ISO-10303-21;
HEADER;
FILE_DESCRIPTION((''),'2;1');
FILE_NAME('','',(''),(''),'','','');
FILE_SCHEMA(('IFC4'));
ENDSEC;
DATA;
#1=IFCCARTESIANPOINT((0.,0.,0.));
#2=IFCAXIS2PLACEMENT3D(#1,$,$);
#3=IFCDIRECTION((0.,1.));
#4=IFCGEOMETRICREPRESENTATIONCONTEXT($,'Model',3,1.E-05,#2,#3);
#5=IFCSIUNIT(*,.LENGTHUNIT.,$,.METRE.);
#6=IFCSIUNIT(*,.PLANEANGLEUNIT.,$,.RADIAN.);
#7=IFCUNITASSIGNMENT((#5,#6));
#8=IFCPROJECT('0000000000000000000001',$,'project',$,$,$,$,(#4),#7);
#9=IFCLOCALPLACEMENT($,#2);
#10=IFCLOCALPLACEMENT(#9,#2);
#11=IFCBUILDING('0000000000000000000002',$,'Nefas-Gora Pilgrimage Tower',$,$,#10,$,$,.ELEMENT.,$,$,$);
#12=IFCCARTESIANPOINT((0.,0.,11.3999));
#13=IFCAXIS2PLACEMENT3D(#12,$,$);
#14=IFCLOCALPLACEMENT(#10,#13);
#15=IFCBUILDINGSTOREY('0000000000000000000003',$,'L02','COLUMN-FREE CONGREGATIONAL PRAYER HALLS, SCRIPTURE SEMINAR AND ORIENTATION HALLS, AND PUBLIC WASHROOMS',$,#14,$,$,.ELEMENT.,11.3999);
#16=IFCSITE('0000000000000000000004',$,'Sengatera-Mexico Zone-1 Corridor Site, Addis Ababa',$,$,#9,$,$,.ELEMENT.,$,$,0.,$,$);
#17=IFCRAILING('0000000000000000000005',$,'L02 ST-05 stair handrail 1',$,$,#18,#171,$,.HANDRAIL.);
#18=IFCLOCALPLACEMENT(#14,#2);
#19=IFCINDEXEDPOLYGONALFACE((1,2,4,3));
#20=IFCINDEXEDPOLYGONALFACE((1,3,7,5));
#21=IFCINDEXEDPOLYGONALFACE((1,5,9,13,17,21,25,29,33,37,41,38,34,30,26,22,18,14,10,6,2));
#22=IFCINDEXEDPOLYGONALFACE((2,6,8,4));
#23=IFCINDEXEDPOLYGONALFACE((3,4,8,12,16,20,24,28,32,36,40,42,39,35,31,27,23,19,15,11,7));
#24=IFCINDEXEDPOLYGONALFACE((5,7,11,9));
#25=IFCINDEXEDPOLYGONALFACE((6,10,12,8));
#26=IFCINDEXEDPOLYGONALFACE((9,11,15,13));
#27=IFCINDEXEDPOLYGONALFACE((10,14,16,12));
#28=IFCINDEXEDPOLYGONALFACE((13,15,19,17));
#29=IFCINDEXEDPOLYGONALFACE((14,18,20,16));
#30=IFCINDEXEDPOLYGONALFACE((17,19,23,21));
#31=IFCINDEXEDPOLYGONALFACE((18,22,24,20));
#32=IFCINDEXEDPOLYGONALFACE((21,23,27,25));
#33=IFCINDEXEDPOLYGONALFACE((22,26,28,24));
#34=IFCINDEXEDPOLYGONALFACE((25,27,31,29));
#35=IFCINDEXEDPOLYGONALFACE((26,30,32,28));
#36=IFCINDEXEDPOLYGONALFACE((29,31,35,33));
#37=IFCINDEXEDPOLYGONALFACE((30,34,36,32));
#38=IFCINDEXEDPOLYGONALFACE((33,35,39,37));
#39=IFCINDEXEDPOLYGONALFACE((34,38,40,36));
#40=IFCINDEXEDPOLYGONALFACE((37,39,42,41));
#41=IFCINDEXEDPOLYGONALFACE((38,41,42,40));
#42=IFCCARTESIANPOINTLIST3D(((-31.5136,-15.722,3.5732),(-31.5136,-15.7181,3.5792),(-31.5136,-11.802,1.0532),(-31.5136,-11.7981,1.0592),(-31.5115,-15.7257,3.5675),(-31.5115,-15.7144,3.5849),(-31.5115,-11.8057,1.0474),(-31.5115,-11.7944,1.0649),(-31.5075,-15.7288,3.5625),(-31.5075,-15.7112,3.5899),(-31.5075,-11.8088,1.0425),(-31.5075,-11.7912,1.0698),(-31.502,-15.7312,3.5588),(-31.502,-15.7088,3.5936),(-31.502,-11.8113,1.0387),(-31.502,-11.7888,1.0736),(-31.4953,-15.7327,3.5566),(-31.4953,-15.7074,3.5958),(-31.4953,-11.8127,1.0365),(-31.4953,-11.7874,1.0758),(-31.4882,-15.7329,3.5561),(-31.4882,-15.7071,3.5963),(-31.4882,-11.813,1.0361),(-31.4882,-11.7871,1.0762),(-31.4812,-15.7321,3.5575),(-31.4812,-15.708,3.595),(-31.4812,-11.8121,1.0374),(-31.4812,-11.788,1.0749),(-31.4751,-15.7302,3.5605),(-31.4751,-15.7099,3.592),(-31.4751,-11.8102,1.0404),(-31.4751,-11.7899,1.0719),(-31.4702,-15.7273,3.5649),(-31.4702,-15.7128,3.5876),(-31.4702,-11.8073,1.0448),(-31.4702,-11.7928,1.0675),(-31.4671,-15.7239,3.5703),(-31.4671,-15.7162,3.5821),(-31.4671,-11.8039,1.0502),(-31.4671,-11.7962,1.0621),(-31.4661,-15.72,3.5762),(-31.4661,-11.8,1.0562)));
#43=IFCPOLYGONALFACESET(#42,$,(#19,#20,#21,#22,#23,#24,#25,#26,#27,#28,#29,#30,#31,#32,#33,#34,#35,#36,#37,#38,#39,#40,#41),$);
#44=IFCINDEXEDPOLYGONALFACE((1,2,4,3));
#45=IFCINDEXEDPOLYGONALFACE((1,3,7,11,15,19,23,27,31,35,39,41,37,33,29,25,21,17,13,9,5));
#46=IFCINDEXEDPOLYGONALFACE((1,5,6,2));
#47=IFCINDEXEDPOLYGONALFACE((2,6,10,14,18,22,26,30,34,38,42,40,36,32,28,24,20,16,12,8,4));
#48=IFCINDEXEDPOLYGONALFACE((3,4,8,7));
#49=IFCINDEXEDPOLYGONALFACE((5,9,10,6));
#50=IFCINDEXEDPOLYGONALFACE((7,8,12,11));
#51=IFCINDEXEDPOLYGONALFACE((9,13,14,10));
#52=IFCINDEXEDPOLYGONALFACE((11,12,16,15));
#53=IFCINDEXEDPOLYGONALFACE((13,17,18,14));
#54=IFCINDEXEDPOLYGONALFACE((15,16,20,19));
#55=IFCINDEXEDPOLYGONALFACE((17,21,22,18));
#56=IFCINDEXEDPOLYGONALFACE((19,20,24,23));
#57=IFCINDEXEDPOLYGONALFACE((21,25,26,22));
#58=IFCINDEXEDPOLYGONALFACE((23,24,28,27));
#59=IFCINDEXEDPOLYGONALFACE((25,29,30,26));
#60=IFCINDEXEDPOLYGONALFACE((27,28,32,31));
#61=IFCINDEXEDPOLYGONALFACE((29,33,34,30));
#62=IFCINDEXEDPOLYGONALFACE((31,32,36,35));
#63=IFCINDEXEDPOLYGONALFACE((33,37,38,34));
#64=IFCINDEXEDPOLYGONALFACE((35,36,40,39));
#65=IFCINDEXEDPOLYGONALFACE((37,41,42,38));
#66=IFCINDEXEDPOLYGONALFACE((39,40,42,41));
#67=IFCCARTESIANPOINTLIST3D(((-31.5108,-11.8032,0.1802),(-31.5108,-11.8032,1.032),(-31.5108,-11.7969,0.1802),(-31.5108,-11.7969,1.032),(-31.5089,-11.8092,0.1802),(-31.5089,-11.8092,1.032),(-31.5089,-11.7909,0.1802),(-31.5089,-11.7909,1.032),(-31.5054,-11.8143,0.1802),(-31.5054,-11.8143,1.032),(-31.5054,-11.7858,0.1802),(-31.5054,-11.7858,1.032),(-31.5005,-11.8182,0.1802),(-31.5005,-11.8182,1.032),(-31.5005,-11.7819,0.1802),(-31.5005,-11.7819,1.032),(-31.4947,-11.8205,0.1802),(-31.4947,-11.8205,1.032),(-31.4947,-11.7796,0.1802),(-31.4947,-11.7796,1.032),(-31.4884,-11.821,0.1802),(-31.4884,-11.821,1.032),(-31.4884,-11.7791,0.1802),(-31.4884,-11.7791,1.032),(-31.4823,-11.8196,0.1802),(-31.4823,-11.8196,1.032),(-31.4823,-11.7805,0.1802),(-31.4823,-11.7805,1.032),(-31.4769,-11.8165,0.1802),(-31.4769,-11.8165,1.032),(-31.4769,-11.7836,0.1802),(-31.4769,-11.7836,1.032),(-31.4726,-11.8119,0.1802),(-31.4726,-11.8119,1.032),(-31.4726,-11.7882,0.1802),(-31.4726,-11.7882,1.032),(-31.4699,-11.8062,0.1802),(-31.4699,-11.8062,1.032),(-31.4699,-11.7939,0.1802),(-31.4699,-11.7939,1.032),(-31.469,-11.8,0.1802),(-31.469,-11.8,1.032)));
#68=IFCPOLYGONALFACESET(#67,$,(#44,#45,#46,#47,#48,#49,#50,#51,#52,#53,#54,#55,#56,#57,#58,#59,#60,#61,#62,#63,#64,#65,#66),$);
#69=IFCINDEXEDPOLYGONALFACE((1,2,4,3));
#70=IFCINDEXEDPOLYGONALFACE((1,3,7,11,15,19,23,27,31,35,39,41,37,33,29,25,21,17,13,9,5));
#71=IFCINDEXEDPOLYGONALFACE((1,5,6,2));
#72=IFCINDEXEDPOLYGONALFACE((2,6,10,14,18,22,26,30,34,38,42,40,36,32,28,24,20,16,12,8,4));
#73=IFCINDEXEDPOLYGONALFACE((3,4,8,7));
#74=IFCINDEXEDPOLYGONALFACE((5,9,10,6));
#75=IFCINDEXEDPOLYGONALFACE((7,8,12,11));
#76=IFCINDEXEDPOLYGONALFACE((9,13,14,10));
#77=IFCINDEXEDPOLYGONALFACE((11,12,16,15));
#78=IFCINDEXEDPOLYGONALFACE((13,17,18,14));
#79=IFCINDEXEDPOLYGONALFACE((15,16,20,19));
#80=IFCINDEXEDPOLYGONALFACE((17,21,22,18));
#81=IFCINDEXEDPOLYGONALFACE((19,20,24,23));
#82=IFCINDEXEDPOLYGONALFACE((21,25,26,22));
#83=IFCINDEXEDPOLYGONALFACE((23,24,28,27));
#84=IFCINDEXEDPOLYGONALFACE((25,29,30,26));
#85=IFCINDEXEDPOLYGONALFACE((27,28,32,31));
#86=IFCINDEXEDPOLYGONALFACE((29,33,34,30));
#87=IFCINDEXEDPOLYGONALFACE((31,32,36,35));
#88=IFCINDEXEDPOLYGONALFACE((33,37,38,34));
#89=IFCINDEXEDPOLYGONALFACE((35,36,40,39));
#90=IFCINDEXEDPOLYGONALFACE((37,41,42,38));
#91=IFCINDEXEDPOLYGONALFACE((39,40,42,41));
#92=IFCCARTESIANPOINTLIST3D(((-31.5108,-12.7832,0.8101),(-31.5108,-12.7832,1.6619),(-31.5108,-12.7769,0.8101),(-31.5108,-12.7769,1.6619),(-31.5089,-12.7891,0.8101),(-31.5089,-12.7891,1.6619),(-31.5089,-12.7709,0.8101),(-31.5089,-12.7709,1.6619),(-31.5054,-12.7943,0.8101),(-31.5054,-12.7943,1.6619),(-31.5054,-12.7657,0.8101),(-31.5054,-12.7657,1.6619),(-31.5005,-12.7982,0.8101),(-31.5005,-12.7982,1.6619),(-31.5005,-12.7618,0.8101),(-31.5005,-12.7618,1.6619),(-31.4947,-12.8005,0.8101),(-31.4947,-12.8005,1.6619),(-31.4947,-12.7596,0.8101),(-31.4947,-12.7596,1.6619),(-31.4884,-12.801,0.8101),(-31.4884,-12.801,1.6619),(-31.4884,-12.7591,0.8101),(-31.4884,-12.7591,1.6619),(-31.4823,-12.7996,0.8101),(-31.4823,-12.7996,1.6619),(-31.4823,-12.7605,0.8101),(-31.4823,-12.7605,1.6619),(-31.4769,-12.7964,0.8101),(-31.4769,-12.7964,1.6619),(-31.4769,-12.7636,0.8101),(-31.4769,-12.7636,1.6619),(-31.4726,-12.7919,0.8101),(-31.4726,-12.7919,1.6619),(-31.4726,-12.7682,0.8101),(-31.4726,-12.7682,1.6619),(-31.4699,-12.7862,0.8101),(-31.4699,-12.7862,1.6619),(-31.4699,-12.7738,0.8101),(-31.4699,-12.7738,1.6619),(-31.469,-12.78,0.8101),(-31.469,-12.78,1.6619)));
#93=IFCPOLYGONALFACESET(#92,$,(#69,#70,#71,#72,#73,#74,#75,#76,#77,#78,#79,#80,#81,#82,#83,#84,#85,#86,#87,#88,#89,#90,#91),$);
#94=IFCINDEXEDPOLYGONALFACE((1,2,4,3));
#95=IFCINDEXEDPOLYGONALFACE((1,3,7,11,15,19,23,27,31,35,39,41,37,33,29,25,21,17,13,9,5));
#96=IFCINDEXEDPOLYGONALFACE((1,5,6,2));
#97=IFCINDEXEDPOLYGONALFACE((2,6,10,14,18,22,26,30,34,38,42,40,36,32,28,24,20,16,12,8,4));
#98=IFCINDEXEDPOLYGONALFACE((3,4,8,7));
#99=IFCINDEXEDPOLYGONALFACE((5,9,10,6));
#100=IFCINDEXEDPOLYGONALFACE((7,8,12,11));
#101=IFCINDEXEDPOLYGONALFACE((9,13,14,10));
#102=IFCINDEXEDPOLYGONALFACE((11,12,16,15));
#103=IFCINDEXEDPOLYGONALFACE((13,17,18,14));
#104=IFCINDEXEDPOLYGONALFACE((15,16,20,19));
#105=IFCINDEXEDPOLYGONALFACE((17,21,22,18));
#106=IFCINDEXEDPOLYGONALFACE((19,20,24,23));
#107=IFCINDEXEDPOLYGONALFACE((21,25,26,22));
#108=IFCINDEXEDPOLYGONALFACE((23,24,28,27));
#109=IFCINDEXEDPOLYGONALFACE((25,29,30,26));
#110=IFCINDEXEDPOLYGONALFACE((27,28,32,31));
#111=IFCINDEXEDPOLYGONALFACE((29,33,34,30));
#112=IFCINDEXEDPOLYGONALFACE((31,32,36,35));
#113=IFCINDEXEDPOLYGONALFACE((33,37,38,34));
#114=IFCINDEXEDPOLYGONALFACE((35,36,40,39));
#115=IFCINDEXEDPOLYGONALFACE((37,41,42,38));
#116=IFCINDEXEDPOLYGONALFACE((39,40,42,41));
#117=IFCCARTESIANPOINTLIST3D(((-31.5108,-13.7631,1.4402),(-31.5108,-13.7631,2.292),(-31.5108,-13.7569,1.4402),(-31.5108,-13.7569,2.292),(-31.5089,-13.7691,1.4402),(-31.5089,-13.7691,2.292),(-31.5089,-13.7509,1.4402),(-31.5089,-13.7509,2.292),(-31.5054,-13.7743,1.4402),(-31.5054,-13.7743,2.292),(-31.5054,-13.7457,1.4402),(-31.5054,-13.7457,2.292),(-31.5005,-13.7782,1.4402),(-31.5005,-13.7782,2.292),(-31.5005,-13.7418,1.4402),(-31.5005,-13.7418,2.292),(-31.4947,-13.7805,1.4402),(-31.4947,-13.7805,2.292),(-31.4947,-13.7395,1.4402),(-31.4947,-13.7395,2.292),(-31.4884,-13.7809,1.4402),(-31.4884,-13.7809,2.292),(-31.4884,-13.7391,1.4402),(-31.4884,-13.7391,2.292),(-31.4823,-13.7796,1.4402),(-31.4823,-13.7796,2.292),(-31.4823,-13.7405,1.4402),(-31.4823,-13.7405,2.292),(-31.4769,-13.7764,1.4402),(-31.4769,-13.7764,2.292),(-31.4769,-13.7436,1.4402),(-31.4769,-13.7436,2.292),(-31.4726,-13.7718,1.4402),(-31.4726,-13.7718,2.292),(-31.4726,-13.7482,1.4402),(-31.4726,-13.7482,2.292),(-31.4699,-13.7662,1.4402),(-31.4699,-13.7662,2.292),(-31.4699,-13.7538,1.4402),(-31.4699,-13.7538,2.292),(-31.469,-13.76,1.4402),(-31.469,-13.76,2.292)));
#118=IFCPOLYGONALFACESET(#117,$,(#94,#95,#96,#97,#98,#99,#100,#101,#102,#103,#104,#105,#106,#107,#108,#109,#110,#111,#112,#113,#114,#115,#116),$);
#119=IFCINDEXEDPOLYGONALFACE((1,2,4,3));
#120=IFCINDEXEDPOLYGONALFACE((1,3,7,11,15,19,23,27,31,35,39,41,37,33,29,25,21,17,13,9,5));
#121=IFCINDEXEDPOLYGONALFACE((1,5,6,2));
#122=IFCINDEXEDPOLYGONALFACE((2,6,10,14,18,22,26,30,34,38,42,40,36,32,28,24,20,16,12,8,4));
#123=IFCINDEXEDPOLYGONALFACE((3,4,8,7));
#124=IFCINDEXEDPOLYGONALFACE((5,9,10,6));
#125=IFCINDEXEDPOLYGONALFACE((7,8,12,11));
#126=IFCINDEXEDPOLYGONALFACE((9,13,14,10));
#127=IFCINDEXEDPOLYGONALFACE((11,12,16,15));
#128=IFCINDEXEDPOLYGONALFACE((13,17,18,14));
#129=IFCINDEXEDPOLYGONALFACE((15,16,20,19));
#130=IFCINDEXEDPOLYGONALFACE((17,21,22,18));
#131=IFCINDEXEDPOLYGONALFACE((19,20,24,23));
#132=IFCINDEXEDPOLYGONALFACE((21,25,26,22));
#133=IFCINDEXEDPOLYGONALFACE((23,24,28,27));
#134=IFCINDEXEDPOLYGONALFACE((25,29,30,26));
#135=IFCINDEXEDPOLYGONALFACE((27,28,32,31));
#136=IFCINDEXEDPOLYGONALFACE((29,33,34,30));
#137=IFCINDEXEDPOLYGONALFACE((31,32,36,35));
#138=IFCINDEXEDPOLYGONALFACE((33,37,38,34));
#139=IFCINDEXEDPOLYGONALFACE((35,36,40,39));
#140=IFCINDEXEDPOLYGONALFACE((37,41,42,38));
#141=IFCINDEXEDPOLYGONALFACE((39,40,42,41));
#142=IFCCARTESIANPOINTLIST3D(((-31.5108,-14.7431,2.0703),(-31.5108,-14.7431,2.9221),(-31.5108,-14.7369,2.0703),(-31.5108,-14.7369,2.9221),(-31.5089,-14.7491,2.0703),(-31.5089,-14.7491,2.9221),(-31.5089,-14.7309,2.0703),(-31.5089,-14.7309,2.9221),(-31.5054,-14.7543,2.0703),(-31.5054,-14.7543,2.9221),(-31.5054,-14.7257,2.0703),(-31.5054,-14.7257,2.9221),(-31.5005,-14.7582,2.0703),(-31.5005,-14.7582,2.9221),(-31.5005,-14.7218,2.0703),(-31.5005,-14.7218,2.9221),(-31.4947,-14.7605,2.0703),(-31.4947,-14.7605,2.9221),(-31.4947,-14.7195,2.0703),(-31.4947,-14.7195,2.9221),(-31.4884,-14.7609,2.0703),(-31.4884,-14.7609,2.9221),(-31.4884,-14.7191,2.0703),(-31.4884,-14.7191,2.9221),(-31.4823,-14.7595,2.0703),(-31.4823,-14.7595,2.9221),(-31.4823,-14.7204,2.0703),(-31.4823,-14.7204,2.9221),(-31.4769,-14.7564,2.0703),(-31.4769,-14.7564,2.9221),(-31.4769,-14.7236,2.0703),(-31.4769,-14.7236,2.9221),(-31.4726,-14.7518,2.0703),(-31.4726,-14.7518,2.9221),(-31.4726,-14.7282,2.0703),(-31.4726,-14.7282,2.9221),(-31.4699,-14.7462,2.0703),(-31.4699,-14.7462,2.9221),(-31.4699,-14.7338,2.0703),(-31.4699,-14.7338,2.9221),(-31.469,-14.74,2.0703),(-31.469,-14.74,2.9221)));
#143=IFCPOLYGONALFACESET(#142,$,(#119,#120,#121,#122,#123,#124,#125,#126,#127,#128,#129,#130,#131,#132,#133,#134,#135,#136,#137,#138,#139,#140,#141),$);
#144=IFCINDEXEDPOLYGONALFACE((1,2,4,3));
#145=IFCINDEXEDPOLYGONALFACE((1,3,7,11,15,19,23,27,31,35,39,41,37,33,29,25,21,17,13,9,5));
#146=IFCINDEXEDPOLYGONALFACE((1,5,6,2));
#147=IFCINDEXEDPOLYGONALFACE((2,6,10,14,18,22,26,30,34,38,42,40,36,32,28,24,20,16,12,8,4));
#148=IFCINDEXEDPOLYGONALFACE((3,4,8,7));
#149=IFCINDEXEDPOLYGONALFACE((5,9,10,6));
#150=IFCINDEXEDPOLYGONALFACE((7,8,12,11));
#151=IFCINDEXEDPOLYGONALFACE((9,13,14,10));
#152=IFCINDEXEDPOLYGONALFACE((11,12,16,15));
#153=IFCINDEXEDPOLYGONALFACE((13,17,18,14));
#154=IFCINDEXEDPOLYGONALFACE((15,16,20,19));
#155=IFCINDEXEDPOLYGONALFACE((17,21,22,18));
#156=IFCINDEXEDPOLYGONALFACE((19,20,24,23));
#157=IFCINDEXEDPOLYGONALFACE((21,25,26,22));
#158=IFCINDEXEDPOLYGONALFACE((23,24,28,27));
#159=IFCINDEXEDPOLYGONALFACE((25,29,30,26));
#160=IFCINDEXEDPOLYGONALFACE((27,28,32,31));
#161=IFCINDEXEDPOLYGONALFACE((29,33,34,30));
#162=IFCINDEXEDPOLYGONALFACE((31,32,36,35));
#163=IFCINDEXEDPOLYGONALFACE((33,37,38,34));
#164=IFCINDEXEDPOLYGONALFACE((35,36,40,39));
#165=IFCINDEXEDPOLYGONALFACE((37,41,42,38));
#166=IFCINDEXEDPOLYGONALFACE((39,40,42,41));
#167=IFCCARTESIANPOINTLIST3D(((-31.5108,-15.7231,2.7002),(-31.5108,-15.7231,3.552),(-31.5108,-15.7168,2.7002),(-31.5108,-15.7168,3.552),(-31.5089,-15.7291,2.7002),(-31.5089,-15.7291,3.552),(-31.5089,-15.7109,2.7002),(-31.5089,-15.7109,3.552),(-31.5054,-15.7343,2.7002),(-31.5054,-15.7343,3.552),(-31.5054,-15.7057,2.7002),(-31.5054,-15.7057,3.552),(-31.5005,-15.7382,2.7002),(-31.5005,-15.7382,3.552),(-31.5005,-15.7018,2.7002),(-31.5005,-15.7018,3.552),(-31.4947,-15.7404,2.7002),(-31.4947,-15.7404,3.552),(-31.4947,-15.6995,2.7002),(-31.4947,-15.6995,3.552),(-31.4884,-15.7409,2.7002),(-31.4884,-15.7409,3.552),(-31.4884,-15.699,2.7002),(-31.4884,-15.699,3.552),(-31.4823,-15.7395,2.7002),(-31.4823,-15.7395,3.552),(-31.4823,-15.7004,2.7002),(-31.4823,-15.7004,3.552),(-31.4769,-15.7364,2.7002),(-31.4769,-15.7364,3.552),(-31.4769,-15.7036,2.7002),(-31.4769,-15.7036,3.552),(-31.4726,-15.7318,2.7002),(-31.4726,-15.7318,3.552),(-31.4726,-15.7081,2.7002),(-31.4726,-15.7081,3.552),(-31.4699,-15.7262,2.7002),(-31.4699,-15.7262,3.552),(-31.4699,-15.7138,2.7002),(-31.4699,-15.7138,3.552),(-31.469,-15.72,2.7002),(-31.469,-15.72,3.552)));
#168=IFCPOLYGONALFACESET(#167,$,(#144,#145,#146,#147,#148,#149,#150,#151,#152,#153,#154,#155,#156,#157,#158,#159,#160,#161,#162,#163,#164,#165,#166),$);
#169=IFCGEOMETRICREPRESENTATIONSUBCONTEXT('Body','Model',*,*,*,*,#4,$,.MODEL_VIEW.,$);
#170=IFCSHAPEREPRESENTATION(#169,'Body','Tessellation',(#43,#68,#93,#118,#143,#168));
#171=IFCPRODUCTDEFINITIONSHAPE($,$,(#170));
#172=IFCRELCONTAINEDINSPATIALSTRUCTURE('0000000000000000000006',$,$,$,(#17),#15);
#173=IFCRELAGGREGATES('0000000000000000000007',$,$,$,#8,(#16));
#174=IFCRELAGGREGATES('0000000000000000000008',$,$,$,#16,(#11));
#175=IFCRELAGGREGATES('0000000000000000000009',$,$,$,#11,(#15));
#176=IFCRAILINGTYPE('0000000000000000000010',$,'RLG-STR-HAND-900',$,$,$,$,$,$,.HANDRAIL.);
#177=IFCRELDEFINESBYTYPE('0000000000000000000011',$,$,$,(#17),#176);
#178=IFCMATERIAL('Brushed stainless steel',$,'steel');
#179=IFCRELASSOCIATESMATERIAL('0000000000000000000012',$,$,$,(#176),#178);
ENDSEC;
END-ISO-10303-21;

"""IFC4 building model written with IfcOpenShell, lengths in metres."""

from ifc_helpers import new_model, si_unit, direction, frame, origin, origin_2d, place, context, subcontext, project, spatial, circle, extrude, material, type_object, element, save


model = new_model("IFC4")

# Units and contexts
model_context = context("Model", 3, precision=1e-05, world=origin(), true_north=direction((0.0, 1.0)))
body_context = subcontext(model_context, "Body", "Model", "MODEL_VIEW")
ifc_project = project(units=[si_unit("LENGTHUNIT", "METRE"), si_unit("PLANEANGLEUNIT", "RADIAN")], contexts=[model_context])

# Site, building, storey
site_placement = place(None, origin())
site = spatial("IfcSite", under=ifc_project, at=site_placement, Name="Sengatera-Mexico Zone-1 Corridor Site, Addis Ababa", CompositionType="ELEMENT", RefElevation=0.0)
building_placement = place(site_placement, origin())
building = spatial("IfcBuilding", under=site, at=building_placement, Name="Nefas-Gora Pilgrimage Tower", CompositionType="ELEMENT")
storey_placement = place(building_placement, frame((0.0, 0.0, 11.3999)))
storey = spatial("IfcBuildingStorey", under=building, at=storey_placement, Name="L02", Description="COLUMN-FREE CONGREGATIONAL PRAYER HALLS, SCRIPTURE SEMINAR AND ORIENTATION HALLS, AND PUBLIC WASHROOMS", CompositionType="ELEMENT", Elevation=11.3999)

# Railing
ifc_material_1 = material(Name="Brushed stainless steel", Category="steel")
railing_type_1 = type_object("IfcRailingType", Name="RLG-STR-HAND-900", PredefinedType="HANDRAIL", material=ifc_material_1)
railing_1_placement = place(storey_placement, frame((-31.49, -11.8, 0.1802)))
element("IfcRailing", 1, at=railing_1_placement, inside=storey, type_object=railing_type_1, Name="L02 ST-05 stair handrail 1", PredefinedType="HANDRAIL", context=body_context, shape_type="SweptSolid", body=[
    extrude(circle(Radius=0.0239, at=origin_2d()), frame((0.0, 0.0, 0.876), z_axis=(0.0, -0.841172, 0.540768), x_axis=(1.0, 0.0, 0.0)), (0.0, 0.0, 1.0), 4.6602),
    extrude(circle(Radius=0.021, at=origin_2d()), origin(), (0.0, 0.0, 1.0), 0.8518),
    extrude(circle(Radius=0.021, at=origin_2d()), frame((0.0, -0.98, 0.6299)), (0.0, 0.0, 1.0), 0.8518),
    extrude(circle(Radius=0.021, at=origin_2d()), frame((0.0, -1.96, 1.26)), (0.0, 0.0, 1.0), 0.8518),
    extrude(circle(Radius=0.021, at=origin_2d()), frame((0.0, -2.9399, 1.8901)), (0.0, 0.0, 1.0), 0.8518),
    extrude(circle(Radius=0.021, at=origin_2d()), frame((0.0, -3.9199, 2.52)), (0.0, 0.0, 1.0), 0.8518),
])

save(model, "model.ifc")
